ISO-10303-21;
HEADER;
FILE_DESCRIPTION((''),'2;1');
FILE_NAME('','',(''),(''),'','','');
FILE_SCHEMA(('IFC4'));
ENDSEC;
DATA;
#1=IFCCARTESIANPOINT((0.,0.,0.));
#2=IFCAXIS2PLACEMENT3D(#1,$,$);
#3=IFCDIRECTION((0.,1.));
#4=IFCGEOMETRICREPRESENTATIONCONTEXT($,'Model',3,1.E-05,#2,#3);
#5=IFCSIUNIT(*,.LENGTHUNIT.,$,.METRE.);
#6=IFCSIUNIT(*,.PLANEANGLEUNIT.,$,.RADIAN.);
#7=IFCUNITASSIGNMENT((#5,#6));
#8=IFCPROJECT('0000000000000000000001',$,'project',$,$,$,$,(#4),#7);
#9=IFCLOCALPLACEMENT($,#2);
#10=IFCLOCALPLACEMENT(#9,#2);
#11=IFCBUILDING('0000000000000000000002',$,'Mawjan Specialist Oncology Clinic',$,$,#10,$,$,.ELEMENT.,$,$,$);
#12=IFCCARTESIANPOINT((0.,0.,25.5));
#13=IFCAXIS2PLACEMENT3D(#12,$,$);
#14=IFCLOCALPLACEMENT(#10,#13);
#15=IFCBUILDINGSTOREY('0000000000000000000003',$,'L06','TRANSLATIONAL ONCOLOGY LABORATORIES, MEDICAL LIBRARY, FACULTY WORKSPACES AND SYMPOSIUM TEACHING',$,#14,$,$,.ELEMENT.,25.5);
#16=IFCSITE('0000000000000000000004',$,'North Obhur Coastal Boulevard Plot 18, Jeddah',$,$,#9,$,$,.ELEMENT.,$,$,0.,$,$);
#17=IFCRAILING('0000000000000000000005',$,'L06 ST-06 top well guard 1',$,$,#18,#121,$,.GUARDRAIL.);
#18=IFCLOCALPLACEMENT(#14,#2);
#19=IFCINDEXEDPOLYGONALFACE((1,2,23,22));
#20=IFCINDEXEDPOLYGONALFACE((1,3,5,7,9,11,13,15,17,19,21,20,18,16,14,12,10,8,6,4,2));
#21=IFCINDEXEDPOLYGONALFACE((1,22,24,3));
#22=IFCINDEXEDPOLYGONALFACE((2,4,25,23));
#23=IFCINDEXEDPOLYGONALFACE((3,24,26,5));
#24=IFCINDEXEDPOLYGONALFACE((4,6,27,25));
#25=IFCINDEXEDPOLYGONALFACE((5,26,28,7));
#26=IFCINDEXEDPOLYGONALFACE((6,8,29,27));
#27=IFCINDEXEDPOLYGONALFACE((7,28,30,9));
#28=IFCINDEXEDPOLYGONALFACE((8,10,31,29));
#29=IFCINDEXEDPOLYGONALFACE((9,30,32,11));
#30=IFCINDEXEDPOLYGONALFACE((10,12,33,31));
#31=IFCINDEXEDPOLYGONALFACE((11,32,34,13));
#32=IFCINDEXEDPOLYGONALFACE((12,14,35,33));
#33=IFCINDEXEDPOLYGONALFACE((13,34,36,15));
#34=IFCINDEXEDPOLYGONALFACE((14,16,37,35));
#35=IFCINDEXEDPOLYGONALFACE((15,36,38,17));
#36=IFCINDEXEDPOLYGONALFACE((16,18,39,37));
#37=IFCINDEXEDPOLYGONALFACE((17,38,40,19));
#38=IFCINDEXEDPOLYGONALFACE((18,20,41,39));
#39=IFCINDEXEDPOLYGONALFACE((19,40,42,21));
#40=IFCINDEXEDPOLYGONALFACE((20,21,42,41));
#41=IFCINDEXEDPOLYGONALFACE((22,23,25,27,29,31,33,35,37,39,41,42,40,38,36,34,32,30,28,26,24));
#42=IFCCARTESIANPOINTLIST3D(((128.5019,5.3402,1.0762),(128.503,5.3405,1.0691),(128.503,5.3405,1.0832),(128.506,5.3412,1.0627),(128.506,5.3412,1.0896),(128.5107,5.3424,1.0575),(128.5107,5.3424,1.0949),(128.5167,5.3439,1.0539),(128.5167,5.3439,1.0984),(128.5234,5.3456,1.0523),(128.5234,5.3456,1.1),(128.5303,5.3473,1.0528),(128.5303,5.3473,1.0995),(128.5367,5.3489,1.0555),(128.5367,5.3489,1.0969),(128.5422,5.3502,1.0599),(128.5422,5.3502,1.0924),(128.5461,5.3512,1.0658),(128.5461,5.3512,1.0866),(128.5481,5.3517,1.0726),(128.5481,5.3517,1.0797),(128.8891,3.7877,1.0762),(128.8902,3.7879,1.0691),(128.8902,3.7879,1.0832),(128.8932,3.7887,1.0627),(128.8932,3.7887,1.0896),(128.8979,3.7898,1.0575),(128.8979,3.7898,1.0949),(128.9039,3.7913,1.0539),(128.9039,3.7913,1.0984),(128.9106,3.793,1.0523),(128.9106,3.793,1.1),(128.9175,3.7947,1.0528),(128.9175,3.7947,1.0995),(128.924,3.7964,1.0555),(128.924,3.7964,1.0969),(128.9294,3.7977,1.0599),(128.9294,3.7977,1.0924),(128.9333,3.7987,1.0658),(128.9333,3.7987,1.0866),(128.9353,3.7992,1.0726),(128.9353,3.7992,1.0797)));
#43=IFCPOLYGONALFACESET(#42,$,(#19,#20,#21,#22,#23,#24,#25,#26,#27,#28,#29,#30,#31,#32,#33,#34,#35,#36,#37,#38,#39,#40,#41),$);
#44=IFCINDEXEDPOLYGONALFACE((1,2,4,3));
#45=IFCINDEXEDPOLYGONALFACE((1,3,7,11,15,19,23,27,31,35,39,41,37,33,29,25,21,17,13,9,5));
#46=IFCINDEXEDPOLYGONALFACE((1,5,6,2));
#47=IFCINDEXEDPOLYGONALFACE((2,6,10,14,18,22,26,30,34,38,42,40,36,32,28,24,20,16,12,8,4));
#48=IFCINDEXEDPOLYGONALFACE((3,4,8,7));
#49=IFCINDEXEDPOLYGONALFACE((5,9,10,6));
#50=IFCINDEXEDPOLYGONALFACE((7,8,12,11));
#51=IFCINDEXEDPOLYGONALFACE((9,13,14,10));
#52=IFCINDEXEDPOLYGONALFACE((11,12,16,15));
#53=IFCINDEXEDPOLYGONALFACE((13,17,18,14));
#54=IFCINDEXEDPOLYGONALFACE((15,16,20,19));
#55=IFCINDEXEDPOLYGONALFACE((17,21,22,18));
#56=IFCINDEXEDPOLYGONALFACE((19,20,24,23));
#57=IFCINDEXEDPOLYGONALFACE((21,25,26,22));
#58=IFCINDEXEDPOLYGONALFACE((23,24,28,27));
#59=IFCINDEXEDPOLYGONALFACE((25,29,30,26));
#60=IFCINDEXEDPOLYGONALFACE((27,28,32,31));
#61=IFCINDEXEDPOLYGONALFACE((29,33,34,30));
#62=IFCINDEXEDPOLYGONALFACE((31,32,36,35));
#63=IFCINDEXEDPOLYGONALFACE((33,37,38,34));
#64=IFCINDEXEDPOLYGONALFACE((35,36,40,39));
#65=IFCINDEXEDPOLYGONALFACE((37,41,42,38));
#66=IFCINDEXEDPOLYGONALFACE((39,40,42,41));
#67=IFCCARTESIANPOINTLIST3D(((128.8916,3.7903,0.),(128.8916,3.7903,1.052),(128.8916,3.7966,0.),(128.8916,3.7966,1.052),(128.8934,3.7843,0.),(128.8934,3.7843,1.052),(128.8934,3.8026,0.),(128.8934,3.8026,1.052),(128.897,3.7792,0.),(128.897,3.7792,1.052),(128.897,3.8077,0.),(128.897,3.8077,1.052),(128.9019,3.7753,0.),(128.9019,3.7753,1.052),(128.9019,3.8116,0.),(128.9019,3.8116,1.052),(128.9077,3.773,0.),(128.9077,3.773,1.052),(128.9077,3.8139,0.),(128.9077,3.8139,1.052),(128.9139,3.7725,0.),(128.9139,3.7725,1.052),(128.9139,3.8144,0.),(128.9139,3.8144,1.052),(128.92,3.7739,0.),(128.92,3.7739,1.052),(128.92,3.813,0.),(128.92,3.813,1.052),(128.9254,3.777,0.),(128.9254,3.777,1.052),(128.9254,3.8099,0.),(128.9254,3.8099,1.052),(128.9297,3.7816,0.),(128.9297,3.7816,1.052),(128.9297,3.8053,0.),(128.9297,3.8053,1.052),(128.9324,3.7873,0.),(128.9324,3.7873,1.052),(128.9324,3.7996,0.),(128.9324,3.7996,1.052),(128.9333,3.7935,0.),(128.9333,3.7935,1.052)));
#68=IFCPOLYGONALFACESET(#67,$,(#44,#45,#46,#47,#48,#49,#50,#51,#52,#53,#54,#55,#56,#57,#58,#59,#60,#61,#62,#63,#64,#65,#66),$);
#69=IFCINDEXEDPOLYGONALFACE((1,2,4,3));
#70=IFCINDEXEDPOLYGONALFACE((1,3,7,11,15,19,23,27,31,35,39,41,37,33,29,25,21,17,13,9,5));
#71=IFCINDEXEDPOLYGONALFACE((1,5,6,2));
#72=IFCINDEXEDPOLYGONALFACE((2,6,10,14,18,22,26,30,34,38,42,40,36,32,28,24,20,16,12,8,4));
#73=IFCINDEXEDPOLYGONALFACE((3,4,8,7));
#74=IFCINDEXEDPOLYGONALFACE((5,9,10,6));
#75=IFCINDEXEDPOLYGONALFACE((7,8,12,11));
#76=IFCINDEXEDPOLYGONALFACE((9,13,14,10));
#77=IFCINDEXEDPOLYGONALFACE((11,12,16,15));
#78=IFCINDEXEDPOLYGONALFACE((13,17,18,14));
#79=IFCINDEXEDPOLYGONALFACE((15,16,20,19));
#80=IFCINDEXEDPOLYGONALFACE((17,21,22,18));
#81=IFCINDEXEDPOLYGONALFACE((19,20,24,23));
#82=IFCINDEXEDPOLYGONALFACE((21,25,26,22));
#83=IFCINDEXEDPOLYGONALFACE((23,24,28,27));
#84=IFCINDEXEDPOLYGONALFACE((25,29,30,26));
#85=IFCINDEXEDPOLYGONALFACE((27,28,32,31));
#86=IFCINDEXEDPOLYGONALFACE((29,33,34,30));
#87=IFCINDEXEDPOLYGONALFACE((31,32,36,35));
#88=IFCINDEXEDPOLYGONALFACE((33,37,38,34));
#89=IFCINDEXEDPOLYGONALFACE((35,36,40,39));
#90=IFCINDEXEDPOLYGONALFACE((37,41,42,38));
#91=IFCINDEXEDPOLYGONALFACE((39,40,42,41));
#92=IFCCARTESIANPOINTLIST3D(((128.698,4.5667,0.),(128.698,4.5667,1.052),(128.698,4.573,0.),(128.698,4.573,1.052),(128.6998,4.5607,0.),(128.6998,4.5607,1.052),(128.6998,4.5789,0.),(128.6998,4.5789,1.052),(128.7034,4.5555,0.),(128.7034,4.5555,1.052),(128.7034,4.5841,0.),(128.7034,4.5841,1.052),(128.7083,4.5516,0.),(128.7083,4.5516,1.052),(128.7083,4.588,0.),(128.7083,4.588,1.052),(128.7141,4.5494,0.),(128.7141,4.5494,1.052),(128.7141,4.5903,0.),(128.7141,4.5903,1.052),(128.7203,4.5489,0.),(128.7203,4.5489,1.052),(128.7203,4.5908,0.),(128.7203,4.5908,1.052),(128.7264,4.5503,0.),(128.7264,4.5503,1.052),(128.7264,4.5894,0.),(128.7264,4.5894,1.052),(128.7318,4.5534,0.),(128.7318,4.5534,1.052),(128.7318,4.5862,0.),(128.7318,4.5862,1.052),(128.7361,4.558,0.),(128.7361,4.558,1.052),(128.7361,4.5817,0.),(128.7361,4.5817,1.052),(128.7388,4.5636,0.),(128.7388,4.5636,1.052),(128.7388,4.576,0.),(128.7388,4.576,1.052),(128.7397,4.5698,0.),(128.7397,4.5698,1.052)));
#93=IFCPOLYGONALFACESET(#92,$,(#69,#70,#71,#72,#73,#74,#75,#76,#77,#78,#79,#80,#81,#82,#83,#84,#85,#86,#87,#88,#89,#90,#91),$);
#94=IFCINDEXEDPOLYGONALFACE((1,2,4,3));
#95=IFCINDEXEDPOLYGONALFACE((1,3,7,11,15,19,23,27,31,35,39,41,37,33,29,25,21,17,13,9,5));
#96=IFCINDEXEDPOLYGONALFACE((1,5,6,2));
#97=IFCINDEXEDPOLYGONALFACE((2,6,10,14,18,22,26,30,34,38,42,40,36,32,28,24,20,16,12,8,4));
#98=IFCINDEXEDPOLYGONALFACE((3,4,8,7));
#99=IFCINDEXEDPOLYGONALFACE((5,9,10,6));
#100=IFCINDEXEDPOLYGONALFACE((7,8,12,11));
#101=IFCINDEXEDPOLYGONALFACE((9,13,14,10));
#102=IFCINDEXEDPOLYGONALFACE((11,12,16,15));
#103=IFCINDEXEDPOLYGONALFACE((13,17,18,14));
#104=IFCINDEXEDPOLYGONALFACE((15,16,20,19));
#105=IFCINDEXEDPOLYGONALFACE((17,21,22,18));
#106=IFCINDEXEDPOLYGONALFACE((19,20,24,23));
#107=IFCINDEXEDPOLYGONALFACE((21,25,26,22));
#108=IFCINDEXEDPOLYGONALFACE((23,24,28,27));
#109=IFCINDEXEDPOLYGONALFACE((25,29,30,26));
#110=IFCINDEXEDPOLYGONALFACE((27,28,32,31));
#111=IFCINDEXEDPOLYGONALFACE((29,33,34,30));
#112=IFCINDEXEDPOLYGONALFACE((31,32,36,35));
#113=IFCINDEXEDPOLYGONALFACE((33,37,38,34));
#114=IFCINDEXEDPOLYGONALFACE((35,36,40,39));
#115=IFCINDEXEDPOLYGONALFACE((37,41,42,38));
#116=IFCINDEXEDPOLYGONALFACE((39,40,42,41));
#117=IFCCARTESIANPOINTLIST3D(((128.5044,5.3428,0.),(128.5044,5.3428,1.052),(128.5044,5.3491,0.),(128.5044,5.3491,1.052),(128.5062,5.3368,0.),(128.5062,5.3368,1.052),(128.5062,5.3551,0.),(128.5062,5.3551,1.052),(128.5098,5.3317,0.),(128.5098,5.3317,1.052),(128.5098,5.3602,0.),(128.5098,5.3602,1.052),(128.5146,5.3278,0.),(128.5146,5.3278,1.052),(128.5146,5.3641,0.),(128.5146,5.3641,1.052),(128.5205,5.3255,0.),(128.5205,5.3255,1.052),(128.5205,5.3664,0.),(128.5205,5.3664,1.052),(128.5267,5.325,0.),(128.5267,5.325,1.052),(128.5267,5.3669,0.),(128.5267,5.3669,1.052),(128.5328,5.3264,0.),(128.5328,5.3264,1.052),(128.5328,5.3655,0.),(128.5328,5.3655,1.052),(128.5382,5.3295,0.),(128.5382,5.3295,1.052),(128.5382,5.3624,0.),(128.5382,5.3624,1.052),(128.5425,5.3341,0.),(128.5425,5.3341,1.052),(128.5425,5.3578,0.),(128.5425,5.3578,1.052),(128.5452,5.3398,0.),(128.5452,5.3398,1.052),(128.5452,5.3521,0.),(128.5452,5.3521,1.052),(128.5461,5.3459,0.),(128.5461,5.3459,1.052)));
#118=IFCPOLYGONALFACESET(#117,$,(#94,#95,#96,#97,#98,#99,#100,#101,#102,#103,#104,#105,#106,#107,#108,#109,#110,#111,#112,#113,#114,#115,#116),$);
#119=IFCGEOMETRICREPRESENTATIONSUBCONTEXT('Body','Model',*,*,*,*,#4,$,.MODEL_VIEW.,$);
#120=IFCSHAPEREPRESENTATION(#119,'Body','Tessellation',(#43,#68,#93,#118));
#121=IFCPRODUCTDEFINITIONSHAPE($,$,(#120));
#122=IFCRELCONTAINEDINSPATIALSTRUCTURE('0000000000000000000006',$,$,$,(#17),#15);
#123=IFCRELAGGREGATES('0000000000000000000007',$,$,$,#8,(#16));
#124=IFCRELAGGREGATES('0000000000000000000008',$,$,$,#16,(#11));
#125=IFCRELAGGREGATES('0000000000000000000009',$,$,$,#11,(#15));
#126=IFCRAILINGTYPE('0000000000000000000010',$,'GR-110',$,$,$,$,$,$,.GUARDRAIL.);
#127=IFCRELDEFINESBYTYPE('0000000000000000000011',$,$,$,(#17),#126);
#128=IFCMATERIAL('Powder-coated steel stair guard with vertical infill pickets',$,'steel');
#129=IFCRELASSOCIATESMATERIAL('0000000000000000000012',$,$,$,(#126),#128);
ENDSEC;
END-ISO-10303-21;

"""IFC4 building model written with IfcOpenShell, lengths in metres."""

from ifc_helpers import new_model, si_unit, direction, frame, origin, origin_2d, place, context, subcontext, project, spatial, circle, extrude, material, type_object, element, save


model = new_model("IFC4")

# Units and contexts
model_context = context("Model", 3, precision=1e-05, world=origin(), true_north=direction((0.0, 1.0)))
body_context = subcontext(model_context, "Body", "Model", "MODEL_VIEW")
ifc_project = project(units=[si_unit("LENGTHUNIT", "METRE"), si_unit("PLANEANGLEUNIT", "RADIAN")], contexts=[model_context])

# Site, building, storey
site_placement = place(None, origin())
site = spatial("IfcSite", under=ifc_project, at=site_placement, Name="North Obhur Coastal Boulevard Plot 18, Jeddah", CompositionType="ELEMENT", RefElevation=0.0)
building_placement = place(site_placement, origin())
building = spatial("IfcBuilding", under=site, at=building_placement, Name="Mawjan Specialist Oncology Clinic", CompositionType="ELEMENT")
storey_placement = place(building_placement, frame((0.0, 0.0, 25.5)))
storey = spatial("IfcBuildingStorey", under=building, at=storey_placement, Name="L06", Description="TRANSLATIONAL ONCOLOGY LABORATORIES, MEDICAL LIBRARY, FACULTY WORKSPACES AND SYMPOSIUM TEACHING", CompositionType="ELEMENT", Elevation=25.5)

# Railing
ifc_material_1 = material(Name="Powder-coated steel stair guard with vertical infill pickets", Category="steel")
railing_type = type_object("IfcRailingType", Name="GR-110", PredefinedType="GUARDRAIL", material=ifc_material_1)
for number, where, name in (
    (1, (128.9124, 3.7935, 0.0), "L06 ST-06 top well guard 1"),
):
    element("IfcRailing", number, at=place(storey_placement, frame(where)), inside=storey, type_object=railing_type, Name=name, PredefinedType="GUARDRAIL", context=body_context, shape_type="SweptSolid", body=[
        extrude(circle(Radius=0.0239, at=origin_2d()), frame((0.0, 0.0, 1.0762), z_axis=(-0.241997, 0.970277, 0.0), x_axis=(-0.970277, -0.241997, 0.0)), (0.0, 0.0, 1.0), 1.6001),
        extrude(circle(Radius=0.021, at=origin_2d()), origin(), (0.0, 0.0, 1.0), 1.052),
        extrude(circle(Radius=0.021, at=origin_2d()), frame((-0.1936, 0.7764, 0.0)), (0.0, 0.0, 1.0), 1.052),
        extrude(circle(Radius=0.021, at=origin_2d()), frame((-0.3872, 1.5525, 0.0)), (0.0, 0.0, 1.0), 1.052),
    ])

save(model, "model.ifc")
